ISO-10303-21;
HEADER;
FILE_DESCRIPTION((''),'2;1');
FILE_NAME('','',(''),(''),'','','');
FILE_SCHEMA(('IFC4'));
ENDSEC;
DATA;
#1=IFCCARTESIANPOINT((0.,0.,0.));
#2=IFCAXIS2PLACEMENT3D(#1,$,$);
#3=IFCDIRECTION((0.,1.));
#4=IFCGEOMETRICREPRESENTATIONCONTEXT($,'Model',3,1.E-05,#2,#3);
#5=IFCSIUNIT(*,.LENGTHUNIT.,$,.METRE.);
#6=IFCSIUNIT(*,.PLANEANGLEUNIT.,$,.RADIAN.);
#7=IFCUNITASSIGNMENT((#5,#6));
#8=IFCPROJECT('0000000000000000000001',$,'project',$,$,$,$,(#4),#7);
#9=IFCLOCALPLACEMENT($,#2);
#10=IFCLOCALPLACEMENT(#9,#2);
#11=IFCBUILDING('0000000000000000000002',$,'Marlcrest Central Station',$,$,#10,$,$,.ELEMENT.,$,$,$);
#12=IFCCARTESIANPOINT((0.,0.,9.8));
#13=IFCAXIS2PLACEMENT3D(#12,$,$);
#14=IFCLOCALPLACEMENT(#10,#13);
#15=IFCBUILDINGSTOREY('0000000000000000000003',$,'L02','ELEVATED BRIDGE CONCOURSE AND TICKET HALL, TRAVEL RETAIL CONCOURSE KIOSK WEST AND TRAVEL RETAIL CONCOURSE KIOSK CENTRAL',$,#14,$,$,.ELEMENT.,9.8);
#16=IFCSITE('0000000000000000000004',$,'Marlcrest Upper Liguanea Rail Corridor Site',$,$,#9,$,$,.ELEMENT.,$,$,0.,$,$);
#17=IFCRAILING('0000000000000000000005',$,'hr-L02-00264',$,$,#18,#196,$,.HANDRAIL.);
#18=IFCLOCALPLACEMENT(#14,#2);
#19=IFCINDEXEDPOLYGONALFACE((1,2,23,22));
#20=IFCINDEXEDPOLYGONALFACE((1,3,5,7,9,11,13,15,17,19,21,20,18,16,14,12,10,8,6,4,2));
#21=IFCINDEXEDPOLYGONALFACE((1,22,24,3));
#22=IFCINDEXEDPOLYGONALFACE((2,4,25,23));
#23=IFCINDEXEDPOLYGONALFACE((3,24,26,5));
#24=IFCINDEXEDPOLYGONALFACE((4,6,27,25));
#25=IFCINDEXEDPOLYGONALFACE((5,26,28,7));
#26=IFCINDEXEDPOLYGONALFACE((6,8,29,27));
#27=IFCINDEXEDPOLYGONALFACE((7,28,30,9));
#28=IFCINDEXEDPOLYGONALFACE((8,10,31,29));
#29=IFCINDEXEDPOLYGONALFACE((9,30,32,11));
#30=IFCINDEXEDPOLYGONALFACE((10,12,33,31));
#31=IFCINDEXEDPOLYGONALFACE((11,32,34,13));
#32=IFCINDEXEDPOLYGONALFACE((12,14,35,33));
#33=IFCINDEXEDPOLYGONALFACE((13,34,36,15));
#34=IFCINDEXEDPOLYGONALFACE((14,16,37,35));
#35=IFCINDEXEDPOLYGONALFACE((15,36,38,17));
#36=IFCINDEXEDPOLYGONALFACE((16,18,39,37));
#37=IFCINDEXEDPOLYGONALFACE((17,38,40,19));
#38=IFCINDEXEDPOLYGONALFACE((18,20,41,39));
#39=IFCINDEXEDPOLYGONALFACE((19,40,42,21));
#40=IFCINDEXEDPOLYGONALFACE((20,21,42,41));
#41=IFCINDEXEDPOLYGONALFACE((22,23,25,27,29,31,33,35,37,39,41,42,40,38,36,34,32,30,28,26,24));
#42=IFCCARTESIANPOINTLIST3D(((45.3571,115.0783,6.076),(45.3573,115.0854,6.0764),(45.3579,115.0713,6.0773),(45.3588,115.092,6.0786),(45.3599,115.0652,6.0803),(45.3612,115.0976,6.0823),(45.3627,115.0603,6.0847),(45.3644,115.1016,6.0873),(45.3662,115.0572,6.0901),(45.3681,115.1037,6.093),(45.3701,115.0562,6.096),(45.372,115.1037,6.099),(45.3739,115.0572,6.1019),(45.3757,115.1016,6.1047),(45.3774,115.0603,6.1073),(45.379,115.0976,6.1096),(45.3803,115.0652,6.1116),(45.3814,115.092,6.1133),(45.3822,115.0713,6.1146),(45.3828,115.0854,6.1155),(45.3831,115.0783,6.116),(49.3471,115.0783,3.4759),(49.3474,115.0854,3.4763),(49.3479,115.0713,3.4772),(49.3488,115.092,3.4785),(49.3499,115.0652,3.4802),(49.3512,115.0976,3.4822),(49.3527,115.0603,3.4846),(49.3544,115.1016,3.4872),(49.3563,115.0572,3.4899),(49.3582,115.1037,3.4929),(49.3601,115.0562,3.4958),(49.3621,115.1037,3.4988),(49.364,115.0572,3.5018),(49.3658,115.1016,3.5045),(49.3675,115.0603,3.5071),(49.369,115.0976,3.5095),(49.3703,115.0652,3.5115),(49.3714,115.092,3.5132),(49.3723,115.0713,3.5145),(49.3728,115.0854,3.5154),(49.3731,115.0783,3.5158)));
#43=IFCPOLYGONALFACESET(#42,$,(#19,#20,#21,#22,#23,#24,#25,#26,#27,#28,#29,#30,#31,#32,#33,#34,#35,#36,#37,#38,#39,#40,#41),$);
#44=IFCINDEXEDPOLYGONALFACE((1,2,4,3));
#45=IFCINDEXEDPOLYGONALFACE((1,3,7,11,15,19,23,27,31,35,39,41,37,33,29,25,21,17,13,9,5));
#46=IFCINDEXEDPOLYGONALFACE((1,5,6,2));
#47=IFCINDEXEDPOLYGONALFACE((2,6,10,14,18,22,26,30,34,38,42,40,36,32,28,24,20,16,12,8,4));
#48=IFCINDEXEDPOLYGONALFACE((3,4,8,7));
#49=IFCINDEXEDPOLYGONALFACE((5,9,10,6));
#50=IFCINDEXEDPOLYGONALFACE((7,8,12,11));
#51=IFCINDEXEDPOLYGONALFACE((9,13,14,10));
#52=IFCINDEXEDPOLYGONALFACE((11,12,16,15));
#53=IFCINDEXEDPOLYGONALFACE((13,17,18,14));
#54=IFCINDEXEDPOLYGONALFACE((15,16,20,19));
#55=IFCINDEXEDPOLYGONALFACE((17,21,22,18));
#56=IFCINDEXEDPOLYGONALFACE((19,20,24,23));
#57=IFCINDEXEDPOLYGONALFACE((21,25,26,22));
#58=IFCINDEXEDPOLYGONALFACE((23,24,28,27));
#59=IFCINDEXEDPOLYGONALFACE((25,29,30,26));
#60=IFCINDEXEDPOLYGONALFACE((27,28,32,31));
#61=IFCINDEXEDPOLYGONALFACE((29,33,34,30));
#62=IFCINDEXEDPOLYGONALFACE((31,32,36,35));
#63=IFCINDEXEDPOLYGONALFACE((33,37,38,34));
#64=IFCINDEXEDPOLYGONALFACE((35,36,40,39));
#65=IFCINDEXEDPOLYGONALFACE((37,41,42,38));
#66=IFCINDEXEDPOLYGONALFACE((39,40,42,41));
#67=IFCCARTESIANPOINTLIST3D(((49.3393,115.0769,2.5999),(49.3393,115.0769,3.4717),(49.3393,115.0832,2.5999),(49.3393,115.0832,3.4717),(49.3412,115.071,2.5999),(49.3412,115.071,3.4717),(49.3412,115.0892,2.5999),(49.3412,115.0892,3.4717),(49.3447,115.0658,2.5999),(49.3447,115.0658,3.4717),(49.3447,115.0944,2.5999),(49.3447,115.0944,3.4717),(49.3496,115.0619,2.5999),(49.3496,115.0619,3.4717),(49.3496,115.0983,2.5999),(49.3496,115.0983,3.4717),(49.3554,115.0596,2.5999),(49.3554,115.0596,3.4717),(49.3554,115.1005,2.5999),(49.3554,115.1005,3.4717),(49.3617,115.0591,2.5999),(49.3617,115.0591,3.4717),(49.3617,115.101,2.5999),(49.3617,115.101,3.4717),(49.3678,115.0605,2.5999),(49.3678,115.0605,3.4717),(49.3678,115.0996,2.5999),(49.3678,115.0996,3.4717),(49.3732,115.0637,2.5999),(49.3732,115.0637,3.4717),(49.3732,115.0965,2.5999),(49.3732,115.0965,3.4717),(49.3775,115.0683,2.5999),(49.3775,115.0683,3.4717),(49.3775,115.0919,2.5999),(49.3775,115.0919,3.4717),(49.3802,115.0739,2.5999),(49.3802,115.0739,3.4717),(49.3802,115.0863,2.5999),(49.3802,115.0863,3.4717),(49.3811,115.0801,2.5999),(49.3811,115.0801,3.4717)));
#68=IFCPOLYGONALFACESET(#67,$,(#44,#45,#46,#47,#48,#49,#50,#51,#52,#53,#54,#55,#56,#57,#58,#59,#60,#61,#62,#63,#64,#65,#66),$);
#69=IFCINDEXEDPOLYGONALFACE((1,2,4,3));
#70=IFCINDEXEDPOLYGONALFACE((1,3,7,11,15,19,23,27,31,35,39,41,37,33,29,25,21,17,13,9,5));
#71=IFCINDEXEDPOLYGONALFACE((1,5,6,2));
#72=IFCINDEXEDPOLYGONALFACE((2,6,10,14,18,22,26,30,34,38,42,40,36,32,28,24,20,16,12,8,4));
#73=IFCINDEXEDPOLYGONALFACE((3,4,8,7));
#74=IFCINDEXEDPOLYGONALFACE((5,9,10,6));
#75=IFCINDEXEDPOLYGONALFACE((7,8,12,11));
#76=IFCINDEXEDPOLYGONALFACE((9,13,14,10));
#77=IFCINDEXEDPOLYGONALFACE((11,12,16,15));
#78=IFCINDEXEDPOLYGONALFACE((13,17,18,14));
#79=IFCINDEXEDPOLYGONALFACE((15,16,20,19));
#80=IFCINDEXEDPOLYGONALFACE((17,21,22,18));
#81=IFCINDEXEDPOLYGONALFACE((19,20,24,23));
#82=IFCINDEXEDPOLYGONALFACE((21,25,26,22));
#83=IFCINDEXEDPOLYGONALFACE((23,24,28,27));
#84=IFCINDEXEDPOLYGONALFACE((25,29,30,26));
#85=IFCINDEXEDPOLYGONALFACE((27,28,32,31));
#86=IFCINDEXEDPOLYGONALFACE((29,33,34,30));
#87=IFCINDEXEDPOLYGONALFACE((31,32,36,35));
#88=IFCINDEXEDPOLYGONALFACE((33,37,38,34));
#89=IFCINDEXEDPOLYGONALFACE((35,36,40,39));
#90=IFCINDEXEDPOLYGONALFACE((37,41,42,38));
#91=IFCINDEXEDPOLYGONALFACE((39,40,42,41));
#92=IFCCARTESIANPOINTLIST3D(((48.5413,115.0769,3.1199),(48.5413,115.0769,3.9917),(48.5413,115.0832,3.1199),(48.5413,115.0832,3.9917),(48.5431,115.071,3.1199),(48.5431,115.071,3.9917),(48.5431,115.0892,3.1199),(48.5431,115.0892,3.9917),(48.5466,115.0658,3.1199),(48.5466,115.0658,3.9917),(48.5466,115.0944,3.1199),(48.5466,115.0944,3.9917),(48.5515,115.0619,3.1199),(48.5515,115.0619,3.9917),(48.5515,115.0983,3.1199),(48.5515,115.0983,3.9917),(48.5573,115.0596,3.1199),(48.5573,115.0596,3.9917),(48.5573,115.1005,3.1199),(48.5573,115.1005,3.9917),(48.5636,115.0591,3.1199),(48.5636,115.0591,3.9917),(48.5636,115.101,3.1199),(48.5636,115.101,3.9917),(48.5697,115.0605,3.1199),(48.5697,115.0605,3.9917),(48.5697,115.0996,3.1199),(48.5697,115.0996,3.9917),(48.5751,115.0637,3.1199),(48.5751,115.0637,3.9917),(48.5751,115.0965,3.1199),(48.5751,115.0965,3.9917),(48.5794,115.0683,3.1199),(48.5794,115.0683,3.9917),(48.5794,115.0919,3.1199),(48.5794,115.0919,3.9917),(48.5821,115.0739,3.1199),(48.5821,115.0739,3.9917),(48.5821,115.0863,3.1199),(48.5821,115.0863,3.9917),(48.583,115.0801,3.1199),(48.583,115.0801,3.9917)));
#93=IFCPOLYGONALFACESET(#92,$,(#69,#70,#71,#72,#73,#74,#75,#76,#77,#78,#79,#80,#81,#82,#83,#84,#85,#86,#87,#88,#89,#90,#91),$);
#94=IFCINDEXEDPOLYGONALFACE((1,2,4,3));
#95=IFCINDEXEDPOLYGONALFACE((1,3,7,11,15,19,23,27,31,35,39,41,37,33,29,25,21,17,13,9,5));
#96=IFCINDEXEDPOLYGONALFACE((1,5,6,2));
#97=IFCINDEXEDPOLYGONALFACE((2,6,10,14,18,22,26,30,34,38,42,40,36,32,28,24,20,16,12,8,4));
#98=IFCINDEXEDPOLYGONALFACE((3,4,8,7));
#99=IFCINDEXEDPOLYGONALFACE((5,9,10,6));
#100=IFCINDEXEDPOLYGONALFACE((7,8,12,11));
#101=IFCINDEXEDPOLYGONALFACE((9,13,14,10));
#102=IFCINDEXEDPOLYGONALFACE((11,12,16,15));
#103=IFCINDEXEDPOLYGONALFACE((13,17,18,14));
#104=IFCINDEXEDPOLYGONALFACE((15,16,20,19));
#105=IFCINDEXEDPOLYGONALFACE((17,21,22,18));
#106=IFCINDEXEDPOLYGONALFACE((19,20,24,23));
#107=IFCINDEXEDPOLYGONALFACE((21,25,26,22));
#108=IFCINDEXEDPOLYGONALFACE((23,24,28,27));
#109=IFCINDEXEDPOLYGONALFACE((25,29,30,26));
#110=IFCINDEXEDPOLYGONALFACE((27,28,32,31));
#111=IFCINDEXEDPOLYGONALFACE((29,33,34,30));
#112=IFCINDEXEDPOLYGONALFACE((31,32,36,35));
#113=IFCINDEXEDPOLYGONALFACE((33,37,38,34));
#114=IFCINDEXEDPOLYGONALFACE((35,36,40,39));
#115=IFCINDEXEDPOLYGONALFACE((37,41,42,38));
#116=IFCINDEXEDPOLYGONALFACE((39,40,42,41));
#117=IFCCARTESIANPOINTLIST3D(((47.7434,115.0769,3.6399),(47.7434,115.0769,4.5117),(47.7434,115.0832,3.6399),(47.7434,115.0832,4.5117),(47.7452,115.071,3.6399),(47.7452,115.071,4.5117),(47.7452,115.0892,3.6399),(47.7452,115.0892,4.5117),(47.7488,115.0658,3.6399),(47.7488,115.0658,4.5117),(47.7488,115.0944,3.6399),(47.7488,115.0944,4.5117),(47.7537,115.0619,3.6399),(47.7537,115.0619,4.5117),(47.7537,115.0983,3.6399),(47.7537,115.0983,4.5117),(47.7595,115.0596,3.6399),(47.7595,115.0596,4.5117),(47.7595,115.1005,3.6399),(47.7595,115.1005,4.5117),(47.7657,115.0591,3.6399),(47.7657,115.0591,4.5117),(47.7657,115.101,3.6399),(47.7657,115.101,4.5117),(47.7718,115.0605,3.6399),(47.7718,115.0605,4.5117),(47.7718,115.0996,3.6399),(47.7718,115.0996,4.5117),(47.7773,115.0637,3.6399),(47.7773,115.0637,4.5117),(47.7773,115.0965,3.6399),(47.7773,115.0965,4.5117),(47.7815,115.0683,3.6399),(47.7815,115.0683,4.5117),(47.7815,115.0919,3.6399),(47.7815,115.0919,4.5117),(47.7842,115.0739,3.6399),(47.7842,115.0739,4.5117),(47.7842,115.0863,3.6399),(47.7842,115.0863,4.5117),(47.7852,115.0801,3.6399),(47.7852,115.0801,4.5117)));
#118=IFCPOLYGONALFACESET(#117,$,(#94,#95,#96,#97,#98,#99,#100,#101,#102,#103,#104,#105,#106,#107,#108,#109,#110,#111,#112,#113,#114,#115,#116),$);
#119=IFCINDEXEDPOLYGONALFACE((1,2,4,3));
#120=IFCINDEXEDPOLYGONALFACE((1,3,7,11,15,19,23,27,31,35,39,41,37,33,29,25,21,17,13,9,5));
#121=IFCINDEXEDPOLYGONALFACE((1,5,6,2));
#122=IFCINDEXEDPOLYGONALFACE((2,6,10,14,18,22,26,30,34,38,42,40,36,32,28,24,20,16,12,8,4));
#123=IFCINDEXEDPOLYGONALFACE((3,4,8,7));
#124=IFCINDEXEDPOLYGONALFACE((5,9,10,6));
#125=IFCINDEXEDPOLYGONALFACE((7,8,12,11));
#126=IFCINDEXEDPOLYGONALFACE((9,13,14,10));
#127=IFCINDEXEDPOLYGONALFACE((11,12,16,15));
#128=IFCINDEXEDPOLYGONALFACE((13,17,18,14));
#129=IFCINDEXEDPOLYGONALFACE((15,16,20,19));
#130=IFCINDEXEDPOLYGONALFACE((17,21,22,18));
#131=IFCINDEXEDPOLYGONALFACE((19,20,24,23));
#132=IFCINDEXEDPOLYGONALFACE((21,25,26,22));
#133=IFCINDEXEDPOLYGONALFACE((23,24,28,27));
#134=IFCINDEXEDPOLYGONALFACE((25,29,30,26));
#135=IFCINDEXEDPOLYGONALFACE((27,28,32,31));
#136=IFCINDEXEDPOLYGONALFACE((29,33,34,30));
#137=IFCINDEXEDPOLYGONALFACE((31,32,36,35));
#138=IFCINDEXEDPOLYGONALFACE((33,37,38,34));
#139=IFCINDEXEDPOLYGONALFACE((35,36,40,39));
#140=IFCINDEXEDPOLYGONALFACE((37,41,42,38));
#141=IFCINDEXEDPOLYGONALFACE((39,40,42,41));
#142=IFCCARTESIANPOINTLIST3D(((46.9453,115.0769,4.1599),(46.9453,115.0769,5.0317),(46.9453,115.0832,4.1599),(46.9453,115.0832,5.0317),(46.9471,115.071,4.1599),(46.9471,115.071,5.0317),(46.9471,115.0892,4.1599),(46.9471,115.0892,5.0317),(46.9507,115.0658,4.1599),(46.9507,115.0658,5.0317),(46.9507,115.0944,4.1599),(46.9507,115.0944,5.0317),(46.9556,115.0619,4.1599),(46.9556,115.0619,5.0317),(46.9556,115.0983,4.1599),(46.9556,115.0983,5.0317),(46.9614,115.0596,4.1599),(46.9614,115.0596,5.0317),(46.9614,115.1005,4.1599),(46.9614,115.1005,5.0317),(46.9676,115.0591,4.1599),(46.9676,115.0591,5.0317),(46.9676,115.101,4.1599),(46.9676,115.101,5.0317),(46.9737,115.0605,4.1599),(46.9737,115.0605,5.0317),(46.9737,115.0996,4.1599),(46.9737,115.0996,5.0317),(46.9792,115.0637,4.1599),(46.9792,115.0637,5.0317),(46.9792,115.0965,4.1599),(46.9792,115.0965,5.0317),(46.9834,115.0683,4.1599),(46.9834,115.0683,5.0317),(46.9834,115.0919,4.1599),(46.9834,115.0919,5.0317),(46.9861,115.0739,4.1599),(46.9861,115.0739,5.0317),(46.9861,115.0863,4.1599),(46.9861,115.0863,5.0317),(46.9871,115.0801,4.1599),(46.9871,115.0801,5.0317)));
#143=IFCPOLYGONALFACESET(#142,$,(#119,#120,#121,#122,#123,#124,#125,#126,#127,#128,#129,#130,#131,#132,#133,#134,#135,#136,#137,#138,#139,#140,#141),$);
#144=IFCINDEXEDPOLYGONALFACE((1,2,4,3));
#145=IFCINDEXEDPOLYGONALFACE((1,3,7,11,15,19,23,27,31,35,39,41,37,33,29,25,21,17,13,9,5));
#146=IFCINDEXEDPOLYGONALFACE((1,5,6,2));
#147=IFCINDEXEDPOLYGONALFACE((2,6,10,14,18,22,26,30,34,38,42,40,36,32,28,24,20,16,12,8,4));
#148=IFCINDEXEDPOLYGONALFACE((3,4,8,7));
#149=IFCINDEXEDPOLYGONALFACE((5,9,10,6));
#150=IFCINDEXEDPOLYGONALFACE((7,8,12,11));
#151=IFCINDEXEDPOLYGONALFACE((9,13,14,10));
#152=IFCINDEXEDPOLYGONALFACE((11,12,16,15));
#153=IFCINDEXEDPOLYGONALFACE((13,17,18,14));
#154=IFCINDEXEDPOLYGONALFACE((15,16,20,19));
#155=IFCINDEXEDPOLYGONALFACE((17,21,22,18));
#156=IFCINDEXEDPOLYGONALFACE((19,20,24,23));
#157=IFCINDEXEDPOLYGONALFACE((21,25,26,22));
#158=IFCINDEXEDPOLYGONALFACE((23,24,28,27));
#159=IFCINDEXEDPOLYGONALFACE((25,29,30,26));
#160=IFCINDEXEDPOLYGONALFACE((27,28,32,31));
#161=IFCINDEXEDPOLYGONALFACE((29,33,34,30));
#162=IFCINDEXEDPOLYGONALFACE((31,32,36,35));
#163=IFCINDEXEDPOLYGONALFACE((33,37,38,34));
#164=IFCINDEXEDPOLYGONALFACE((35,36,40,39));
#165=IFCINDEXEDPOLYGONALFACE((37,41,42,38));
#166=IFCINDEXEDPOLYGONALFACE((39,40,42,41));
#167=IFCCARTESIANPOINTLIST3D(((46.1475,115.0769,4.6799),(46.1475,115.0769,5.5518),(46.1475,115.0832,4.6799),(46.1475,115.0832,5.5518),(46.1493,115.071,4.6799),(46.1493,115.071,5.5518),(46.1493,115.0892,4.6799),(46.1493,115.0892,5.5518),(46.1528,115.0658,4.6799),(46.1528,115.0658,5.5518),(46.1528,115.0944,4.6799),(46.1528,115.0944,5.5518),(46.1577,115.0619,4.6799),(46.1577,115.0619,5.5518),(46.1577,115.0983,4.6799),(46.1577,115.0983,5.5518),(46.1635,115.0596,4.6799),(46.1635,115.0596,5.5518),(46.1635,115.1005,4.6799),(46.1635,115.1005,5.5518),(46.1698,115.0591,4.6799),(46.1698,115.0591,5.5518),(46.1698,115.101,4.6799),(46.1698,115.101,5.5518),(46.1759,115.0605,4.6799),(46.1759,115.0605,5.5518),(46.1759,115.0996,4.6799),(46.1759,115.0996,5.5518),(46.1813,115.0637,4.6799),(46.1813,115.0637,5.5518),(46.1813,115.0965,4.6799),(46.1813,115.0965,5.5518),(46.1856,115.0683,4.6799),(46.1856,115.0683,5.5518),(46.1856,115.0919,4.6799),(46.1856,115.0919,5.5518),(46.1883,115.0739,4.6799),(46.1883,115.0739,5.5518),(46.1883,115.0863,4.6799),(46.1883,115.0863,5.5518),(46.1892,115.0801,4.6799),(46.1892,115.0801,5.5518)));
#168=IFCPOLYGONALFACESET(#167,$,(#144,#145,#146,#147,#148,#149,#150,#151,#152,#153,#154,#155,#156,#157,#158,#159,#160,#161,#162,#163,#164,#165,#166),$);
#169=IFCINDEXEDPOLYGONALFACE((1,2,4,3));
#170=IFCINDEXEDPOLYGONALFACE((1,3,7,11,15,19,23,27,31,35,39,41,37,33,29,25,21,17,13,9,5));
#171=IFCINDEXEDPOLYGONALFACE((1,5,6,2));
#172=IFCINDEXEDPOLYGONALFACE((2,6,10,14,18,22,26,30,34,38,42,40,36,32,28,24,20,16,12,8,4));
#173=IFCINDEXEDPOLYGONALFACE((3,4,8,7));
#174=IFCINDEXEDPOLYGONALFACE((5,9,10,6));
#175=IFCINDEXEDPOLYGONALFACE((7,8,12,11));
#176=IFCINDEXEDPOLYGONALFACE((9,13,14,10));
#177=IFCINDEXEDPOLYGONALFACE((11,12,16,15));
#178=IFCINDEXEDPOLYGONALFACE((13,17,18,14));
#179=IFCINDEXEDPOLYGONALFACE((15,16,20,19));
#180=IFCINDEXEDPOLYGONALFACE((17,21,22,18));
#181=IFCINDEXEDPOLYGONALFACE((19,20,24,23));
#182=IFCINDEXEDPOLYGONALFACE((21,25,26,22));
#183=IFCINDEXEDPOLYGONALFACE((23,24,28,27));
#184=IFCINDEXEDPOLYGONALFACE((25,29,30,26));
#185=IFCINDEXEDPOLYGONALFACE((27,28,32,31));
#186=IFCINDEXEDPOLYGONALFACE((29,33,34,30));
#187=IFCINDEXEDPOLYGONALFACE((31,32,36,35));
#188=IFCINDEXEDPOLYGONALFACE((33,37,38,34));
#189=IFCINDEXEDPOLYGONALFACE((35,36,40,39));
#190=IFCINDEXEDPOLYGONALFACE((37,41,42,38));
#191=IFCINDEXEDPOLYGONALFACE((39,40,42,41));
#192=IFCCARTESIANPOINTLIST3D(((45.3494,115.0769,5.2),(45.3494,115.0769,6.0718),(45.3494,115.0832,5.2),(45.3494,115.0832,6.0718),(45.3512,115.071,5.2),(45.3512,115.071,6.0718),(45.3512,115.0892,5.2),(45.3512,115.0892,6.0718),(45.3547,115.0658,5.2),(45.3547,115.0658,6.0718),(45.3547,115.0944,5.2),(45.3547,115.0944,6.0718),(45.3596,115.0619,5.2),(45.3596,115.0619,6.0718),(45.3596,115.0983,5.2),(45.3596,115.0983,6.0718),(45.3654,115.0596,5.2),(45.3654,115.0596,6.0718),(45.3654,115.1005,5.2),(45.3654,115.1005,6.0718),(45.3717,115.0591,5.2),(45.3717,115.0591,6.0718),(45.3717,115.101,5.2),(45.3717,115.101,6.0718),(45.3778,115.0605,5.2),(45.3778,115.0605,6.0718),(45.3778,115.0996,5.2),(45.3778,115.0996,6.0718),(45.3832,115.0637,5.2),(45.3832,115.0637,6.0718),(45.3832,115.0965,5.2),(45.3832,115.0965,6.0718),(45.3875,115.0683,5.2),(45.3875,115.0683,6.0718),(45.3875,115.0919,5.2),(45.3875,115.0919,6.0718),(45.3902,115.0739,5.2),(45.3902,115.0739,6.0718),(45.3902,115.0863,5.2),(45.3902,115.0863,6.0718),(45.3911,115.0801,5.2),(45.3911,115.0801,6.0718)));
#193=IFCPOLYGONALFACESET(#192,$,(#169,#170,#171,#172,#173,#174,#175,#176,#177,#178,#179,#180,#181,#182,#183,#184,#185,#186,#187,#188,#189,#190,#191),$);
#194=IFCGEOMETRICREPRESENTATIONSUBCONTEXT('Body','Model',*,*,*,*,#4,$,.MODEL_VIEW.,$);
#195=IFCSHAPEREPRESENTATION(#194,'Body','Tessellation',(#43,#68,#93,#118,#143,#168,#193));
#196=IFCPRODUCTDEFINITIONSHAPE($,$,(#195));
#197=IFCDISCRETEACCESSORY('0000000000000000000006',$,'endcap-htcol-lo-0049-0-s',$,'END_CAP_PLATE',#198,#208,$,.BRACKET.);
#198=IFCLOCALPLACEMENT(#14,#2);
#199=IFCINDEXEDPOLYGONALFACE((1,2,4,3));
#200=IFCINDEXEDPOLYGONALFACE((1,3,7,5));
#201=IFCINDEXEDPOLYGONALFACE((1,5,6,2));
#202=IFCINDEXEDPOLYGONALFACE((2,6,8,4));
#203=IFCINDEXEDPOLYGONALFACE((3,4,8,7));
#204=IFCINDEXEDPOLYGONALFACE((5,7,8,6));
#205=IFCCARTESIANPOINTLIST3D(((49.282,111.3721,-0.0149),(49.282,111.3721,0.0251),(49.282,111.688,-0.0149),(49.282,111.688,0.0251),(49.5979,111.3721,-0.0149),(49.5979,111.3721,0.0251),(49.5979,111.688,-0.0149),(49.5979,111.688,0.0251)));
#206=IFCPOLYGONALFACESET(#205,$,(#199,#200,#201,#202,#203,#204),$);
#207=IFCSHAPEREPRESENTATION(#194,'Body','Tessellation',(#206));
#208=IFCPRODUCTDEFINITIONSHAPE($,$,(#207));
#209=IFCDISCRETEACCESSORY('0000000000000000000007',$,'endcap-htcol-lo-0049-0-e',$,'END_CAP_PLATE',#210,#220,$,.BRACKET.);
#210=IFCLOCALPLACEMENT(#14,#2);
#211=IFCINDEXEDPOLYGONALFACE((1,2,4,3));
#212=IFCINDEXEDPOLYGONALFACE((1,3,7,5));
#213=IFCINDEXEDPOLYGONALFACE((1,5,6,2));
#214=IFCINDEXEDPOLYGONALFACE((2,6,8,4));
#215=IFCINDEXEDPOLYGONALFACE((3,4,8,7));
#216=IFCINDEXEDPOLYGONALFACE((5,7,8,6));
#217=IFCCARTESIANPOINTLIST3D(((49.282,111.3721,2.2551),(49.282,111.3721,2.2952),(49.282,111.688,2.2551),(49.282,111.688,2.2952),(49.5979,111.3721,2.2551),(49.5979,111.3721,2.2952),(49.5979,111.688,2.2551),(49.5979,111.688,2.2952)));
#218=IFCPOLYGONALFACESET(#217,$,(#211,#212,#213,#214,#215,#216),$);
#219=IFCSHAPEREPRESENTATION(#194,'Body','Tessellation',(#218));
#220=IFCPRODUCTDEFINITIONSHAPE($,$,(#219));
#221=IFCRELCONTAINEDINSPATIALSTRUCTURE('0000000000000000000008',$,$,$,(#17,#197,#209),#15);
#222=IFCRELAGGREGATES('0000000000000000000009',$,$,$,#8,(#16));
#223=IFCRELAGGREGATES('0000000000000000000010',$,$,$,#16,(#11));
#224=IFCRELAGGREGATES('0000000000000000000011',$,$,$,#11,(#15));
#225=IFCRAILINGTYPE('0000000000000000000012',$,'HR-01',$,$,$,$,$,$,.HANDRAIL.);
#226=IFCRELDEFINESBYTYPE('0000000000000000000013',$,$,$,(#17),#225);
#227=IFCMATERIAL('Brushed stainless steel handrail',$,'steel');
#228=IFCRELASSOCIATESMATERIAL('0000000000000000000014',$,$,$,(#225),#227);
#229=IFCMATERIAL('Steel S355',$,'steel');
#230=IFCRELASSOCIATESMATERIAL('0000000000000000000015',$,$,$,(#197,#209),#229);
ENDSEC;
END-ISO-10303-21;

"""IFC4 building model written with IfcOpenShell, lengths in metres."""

from ifc_helpers import new_model, si_unit, direction, frame, origin, origin_2d, place, context, subcontext, project, spatial, rectangle, circle, extrude, material, type_object, element, save


model = new_model("IFC4")

# Units and contexts
model_context = context("Model", 3, precision=1e-05, world=origin(), true_north=direction((0.0, 1.0)))
body_context = subcontext(model_context, "Body", "Model", "MODEL_VIEW")
ifc_project = project(units=[si_unit("LENGTHUNIT", "METRE"), si_unit("PLANEANGLEUNIT", "RADIAN")], contexts=[model_context])

# Site, building, storey
site_placement = place(None, origin())
site = spatial("IfcSite", under=ifc_project, at=site_placement, Name="Marlcrest Upper Liguanea Rail Corridor Site", CompositionType="ELEMENT", RefElevation=0.0)
building_placement = place(site_placement, origin())
building = spatial("IfcBuilding", under=site, at=building_placement, Name="Marlcrest Central Station", CompositionType="ELEMENT")
storey_placement = place(building_placement, frame((0.0, 0.0, 9.8)))
storey = spatial("IfcBuildingStorey", under=building, at=storey_placement, Name="L02", Description="ELEVATED BRIDGE CONCOURSE AND TICKET HALL, TRAVEL RETAIL CONCOURSE KIOSK WEST AND TRAVEL RETAIL CONCOURSE KIOSK CENTRAL", CompositionType="ELEMENT", Elevation=9.8)

# Shared definitions
ifc_material_1 = material(Name="Steel S355", Category="steel")

# Railing
ifc_material_2 = material(Name="Brushed stainless steel handrail", Category="steel")
railing_type_1 = type_object("IfcRailingType", Name="HR-01", PredefinedType="HANDRAIL", material=ifc_material_2)
railing_1_placement = place(storey_placement, frame((49.3601, 115.0801, 2.5999)))
element("IfcRailing", 1, at=railing_1_placement, inside=storey, type_object=railing_type_1, Name="hr-L02-00264", PredefinedType="HANDRAIL", context=body_context, shape_type="SweptSolid", body=[
    extrude(circle(Radius=0.0239, at=origin_2d()), frame((0.0, 0.0, 0.896), z_axis=(-0.837809, 0.0, 0.545963), x_axis=(0.0, -1.0, 0.0)), (0.0, 0.0, 1.0), 4.7625),
    extrude(circle(Radius=0.021, at=origin_2d()), origin(), (0.0, 0.0, 1.0), 0.8718),
    extrude(circle(Radius=0.021, at=origin_2d()), frame((-0.7981, 0.0, 0.52)), (0.0, 0.0, 1.0), 0.8718),
    extrude(circle(Radius=0.021, at=origin_2d()), frame((-1.5959, 0.0, 1.04)), (0.0, 0.0, 1.0), 0.8718),
    extrude(circle(Radius=0.021, at=origin_2d()), frame((-2.394, 0.0, 1.5601)), (0.0, 0.0, 1.0), 0.8718),
    extrude(circle(Radius=0.021, at=origin_2d()), frame((-3.1919, 0.0, 2.0801)), (0.0, 0.0, 1.0), 0.8718),
    extrude(circle(Radius=0.021, at=origin_2d()), frame((-3.99, 0.0, 2.6001)), (0.0, 0.0, 1.0), 0.8718),
])

# Discrete accessories
for number, where, z_axis, x_axis, name in (
    (2, (49.4399, 111.53, -0.0149), (0.0, 0.0, 1.0), (1.0, 0.0, 0.0), "endcap-htcol-lo-0049-0-s"),
    (3, (49.4399, 111.53, 2.2551), (0.0, 0.0, 1.0), (1.0, 0.0, 0.0), "endcap-htcol-lo-0049-0-e"),
):
    element("IfcDiscreteAccessory", number, at=place(storey_placement, frame(where, z_axis=z_axis, x_axis=x_axis)), inside=storey, material=ifc_material_1, Name=name, ObjectType="END_CAP_PLATE", PredefinedType="BRACKET", context=body_context, shape_type="SweptSolid", body=[
        extrude(rectangle(XDim=0.3159, YDim=0.3159, at=origin_2d()), origin(), (0.0, 0.0, 1.0), 0.04),
    ])

save(model, "model.ifc")
